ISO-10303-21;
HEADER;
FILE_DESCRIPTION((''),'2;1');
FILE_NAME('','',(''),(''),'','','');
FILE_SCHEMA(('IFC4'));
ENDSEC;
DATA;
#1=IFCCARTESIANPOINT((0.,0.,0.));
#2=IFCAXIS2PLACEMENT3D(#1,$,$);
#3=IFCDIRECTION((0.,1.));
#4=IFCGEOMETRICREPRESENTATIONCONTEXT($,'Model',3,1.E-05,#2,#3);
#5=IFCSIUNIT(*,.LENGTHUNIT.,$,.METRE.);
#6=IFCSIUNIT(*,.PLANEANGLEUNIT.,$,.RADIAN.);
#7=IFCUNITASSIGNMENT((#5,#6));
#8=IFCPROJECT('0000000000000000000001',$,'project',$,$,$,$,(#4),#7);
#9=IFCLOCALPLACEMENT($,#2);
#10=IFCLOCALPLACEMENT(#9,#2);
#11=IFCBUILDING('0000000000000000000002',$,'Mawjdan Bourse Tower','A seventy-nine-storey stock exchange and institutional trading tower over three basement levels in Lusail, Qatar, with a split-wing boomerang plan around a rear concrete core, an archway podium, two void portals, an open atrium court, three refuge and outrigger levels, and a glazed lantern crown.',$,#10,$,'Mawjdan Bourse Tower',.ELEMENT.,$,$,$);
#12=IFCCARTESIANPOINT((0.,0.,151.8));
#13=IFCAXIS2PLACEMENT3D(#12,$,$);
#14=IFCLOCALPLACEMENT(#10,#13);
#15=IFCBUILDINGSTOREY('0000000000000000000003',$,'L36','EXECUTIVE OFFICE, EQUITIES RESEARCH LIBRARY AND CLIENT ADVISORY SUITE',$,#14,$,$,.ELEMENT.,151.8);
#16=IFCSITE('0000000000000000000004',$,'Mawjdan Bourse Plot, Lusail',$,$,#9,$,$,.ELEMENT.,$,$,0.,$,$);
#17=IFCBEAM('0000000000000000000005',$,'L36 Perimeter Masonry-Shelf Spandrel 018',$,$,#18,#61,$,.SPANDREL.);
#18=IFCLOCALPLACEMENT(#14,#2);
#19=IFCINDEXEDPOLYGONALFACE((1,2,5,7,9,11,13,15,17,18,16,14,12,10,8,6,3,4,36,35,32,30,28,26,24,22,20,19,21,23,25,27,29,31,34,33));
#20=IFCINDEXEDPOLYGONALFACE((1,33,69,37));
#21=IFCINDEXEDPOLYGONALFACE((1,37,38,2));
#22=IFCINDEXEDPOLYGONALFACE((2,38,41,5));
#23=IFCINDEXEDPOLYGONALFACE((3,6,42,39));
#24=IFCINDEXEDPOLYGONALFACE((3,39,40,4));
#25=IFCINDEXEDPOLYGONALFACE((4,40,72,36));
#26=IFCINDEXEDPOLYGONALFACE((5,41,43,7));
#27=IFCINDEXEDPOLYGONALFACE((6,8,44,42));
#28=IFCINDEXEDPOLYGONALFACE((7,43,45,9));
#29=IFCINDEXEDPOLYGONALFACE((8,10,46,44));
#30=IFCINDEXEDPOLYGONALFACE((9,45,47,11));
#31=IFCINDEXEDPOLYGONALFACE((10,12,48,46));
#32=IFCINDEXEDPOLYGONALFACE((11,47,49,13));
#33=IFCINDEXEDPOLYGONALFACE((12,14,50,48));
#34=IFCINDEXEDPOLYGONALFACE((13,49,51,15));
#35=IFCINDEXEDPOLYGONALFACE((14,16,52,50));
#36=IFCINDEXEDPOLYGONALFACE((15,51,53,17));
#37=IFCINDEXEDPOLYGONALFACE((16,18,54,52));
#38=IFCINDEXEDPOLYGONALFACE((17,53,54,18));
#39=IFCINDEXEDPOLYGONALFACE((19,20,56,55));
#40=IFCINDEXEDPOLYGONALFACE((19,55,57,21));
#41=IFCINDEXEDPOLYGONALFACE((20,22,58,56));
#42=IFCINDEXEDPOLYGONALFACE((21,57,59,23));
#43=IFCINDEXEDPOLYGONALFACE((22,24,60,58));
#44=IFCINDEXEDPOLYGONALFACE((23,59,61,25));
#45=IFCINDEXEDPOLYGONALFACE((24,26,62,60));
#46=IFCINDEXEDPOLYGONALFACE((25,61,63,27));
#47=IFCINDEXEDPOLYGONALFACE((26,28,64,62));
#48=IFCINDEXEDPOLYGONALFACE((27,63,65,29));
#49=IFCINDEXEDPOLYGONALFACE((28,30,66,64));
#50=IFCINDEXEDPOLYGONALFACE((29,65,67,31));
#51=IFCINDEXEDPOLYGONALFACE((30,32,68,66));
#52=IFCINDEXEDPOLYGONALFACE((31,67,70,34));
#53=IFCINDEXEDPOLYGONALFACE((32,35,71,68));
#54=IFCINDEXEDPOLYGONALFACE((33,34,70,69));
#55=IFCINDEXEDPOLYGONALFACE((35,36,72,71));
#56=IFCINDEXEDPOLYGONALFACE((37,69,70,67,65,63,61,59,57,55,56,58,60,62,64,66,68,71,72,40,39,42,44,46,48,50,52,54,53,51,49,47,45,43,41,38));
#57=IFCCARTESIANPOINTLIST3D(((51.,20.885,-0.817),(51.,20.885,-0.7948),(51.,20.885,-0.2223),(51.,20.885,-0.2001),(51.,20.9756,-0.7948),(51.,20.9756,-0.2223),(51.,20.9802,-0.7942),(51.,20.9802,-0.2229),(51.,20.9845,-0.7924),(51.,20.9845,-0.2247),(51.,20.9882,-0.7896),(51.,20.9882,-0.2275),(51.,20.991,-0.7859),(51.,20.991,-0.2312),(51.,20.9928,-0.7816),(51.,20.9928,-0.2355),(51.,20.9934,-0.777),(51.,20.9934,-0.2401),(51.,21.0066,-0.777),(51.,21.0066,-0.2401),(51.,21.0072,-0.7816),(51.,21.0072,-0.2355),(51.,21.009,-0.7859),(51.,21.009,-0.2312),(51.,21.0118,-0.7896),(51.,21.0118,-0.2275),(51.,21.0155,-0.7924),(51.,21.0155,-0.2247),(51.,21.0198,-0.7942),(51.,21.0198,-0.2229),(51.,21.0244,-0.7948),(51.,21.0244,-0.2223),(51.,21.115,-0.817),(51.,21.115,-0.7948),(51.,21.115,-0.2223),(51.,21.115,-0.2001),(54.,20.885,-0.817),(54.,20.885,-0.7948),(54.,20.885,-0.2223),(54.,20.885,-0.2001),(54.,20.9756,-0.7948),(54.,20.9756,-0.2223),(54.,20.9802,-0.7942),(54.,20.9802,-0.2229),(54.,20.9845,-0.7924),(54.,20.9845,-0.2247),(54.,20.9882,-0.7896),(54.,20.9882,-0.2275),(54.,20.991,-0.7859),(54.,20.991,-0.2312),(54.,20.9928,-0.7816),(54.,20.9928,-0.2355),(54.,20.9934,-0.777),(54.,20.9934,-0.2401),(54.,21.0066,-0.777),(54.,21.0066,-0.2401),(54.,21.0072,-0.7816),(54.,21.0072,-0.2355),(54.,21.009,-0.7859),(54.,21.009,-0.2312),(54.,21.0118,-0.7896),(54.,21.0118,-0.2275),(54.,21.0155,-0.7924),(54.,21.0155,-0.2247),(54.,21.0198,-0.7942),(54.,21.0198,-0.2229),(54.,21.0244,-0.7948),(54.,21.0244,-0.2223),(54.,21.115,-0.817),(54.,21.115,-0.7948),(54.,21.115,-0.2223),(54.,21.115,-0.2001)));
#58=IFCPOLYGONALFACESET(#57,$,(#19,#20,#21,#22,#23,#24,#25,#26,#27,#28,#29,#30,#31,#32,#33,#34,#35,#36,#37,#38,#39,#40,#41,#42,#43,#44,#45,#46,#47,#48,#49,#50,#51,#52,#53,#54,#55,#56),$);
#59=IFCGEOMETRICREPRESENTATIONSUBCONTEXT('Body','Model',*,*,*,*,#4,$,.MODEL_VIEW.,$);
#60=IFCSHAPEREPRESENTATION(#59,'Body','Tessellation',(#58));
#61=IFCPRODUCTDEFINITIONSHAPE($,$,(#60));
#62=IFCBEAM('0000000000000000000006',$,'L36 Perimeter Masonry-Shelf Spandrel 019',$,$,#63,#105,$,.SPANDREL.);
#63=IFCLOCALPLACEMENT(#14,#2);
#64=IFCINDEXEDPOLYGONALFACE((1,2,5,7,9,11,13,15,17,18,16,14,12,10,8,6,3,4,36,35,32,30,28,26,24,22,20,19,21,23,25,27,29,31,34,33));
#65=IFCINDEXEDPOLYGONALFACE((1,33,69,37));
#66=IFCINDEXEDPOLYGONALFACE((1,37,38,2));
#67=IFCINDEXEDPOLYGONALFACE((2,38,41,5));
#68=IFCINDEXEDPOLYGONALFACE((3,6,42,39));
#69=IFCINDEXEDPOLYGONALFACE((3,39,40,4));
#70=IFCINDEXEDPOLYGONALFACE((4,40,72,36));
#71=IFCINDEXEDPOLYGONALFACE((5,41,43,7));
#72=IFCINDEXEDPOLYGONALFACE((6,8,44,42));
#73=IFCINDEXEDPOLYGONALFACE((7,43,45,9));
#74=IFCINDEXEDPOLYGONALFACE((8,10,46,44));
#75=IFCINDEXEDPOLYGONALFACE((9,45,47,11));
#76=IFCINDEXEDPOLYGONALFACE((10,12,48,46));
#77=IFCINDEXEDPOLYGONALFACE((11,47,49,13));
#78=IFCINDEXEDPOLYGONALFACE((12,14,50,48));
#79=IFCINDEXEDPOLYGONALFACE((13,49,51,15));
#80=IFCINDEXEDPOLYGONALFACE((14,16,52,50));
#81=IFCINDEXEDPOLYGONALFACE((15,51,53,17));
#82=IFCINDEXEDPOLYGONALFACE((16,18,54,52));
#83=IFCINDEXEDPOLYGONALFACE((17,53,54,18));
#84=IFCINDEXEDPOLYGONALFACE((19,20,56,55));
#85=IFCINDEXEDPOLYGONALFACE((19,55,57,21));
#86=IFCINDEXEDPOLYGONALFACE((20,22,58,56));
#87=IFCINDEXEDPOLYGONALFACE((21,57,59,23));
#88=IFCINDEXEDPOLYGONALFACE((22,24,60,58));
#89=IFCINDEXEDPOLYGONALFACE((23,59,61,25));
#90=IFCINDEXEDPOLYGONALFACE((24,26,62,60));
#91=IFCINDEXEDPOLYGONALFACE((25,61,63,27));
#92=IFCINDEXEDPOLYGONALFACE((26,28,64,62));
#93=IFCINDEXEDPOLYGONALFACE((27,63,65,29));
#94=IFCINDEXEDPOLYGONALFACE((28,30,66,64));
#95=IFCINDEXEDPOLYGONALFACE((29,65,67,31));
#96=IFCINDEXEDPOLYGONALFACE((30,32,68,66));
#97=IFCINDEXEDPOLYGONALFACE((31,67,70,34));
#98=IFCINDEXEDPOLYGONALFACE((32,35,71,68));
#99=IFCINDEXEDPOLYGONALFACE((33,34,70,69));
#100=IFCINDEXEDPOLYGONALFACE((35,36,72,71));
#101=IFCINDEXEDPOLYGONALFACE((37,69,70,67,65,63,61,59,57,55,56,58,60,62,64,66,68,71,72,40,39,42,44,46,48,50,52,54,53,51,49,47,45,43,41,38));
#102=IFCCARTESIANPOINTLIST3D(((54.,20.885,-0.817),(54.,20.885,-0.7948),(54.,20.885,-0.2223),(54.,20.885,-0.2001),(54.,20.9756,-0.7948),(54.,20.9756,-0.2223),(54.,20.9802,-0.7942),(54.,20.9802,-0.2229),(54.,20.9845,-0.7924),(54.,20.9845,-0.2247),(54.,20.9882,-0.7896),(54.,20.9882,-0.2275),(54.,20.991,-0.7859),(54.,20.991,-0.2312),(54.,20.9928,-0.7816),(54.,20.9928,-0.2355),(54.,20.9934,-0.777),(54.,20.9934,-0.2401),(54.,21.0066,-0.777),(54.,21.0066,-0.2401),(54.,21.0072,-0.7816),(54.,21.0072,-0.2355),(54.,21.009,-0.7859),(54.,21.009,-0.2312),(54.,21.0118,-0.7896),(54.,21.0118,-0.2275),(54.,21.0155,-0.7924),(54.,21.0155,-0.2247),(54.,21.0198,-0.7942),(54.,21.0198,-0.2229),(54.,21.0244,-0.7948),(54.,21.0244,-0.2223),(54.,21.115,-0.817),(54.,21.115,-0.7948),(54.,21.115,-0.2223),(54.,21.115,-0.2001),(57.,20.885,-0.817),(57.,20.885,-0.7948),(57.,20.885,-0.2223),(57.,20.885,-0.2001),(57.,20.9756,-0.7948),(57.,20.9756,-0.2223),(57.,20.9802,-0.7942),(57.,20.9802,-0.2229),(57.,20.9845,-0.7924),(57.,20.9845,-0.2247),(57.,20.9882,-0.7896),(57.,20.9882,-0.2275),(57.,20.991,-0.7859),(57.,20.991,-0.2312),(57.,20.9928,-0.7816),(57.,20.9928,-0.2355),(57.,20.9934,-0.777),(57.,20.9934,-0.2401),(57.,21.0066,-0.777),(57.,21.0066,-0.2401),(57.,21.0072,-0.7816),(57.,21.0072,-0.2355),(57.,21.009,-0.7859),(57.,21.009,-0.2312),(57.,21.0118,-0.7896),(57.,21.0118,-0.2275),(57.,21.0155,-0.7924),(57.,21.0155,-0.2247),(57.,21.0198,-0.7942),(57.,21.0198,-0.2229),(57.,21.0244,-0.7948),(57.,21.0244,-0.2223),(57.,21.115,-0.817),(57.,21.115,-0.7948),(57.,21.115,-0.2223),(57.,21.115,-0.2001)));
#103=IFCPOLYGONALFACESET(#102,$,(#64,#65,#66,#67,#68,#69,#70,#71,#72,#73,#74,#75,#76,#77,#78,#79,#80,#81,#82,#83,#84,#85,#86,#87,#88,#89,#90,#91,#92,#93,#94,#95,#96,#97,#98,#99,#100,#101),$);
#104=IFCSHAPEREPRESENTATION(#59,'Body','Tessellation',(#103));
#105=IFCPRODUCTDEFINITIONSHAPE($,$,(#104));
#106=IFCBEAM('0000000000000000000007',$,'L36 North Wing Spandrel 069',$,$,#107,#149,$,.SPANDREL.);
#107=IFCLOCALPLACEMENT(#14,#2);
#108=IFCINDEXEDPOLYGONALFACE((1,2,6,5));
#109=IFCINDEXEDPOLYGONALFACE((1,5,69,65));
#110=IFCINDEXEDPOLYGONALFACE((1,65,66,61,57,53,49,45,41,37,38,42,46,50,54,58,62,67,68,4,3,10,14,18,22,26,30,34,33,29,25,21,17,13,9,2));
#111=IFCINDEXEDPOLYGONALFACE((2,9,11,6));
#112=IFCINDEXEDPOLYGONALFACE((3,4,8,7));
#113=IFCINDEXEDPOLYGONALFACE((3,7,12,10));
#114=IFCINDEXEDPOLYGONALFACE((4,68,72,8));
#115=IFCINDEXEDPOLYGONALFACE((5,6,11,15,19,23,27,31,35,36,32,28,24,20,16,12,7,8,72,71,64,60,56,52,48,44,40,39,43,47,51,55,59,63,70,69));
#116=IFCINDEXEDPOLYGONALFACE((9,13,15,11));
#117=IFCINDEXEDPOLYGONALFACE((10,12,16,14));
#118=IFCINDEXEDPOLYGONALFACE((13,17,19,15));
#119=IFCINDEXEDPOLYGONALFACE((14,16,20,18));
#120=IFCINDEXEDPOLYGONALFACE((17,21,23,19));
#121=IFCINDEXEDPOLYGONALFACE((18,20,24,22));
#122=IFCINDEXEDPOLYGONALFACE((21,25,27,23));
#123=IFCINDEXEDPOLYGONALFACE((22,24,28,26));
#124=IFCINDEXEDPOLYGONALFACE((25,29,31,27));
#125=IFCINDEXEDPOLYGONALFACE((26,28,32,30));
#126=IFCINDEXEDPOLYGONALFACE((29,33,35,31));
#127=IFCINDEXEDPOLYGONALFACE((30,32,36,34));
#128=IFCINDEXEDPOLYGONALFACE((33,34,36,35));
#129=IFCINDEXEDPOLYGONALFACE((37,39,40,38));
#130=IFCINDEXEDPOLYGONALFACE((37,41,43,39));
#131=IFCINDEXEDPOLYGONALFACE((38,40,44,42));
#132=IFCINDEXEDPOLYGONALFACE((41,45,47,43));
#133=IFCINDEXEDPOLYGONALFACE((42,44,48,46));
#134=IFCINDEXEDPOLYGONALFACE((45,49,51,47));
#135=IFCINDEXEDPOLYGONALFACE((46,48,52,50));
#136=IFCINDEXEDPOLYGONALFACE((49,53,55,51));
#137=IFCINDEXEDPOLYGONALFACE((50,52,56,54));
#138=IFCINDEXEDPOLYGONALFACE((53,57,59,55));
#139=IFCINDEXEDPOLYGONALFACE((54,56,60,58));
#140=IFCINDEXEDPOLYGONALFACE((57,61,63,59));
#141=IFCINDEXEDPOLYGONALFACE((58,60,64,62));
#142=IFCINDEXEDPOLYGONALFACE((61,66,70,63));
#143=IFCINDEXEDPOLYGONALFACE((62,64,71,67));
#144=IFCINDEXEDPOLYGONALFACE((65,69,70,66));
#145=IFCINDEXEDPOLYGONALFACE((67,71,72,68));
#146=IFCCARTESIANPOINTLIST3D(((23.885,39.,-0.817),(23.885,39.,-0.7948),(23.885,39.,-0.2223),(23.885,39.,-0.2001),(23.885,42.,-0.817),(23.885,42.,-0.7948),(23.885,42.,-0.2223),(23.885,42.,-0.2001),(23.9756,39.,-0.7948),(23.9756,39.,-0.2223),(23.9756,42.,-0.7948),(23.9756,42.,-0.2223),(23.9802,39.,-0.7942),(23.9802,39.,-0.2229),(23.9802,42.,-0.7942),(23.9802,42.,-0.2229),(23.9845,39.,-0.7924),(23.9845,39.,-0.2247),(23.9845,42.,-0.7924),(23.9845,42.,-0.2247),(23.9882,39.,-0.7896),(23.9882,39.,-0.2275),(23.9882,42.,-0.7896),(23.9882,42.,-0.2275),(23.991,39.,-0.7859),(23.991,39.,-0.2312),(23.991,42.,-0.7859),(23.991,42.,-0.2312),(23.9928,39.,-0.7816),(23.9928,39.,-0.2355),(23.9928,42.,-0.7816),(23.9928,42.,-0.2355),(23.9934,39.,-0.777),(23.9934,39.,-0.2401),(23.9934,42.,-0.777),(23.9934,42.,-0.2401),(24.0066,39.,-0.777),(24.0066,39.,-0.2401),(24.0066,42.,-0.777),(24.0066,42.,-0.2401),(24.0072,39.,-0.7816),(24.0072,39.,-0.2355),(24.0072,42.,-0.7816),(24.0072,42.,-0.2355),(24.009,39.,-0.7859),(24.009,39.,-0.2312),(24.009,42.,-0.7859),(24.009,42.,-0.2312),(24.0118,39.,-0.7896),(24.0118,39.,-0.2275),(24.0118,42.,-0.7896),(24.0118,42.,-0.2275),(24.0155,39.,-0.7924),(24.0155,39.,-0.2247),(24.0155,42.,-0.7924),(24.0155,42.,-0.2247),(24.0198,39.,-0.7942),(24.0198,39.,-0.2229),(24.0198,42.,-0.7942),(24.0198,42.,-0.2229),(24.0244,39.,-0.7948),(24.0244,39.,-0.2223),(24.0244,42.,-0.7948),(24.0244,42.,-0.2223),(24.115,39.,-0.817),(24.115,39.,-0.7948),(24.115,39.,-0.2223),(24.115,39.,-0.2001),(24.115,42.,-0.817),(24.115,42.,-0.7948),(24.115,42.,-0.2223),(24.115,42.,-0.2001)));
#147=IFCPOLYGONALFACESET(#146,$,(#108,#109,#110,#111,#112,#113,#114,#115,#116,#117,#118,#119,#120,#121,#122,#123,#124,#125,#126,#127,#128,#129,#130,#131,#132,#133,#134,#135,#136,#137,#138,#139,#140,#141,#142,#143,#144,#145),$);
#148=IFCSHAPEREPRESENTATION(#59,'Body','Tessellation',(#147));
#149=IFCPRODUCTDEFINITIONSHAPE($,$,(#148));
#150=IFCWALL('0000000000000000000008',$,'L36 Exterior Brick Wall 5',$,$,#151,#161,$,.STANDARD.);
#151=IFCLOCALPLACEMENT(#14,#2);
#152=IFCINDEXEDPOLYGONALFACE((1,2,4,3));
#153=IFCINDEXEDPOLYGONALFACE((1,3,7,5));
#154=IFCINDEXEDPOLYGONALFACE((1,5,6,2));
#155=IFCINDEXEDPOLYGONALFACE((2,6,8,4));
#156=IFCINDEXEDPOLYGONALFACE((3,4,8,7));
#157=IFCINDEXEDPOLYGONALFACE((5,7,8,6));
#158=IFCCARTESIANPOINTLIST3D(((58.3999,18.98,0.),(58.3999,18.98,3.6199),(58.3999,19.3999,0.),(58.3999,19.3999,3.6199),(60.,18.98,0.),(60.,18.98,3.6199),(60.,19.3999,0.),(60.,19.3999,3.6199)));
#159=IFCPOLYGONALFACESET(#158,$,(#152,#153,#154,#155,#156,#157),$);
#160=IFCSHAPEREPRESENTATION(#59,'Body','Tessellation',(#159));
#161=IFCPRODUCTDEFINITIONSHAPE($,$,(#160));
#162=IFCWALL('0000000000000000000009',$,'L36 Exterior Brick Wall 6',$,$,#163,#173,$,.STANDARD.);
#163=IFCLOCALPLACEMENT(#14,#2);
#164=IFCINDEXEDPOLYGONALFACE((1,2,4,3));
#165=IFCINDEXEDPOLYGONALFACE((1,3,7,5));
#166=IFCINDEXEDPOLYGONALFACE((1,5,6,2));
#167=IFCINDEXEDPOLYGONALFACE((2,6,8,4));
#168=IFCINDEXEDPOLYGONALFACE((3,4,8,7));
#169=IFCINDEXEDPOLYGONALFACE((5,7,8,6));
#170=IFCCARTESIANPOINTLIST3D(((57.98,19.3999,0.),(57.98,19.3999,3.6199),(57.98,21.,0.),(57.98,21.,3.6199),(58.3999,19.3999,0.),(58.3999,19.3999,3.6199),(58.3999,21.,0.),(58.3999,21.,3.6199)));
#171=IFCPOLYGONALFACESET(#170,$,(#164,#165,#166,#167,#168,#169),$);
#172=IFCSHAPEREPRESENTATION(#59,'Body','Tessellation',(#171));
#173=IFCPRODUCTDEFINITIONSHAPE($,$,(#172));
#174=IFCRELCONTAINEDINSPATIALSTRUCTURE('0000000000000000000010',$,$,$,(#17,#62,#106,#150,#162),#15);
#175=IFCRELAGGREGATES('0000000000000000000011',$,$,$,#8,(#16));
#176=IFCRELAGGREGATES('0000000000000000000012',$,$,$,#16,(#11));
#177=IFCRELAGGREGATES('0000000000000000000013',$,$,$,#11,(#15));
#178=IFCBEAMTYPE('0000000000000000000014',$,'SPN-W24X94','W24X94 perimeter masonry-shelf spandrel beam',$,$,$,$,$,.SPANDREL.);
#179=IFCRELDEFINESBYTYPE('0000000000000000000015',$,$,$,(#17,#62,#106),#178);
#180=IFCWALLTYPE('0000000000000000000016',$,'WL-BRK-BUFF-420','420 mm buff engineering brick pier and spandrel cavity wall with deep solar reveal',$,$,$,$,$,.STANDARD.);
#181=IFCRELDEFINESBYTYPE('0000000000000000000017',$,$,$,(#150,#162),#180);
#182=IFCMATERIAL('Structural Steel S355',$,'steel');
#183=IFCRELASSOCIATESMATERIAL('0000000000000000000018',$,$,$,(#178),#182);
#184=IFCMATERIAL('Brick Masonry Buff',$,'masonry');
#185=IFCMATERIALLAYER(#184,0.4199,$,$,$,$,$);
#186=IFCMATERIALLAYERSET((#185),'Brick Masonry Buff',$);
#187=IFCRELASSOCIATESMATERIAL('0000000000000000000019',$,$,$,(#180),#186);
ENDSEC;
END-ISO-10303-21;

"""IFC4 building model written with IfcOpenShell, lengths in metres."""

from ifc_helpers import new_model, si_unit, direction, frame, frame_2d, origin, origin_2d, place, context, subcontext, project, spatial, rectangle, i_section, extrude, material, layer, layer_set, material_profile, profile_set, type_object, element, save


model = new_model("IFC4")

# Units and contexts
model_context = context("Model", 3, precision=1e-05, world=origin(), true_north=direction((0.0, 1.0)))
body_context = subcontext(model_context, "Body", "Model", "MODEL_VIEW")
ifc_project = project(units=[si_unit("LENGTHUNIT", "METRE"), si_unit("PLANEANGLEUNIT", "RADIAN")], contexts=[model_context])

# Site, building, storey
site_placement = place(None, origin())
site = spatial("IfcSite", under=ifc_project, at=site_placement, Name="Mawjdan Bourse Plot, Lusail", CompositionType="ELEMENT", RefElevation=0.0)
building_placement = place(site_placement, origin())
building = spatial("IfcBuilding", under=site, at=building_placement, Name="Mawjdan Bourse Tower", Description="A seventy-nine-storey stock exchange and institutional trading tower over three basement levels in Lusail, Qatar, with a split-wing boomerang plan around a rear concrete core, an archway podium, two void portals, an open atrium court, three refuge and outrigger levels, and a glazed lantern crown.", LongName="Mawjdan Bourse Tower", CompositionType="ELEMENT")
storey_placement = place(building_placement, frame((0.0, 0.0, 151.8)))
storey = spatial("IfcBuildingStorey", under=building, at=storey_placement, Name="L36", Description="EXECUTIVE OFFICE, EQUITIES RESEARCH LIBRARY AND CLIENT ADVISORY SUITE", CompositionType="ELEMENT", Elevation=151.8)

# Beams
ifc_material_1 = material(Name="Structural Steel S355", Category="steel")
ifc_material_profile_1 = material_profile(ifc_material_1, i_section(OverallWidth=0.23, OverallDepth=0.6169, WebThickness=0.0132, FlangeThickness=0.0222, FilletRadius=0.0178, at=origin_2d()), Name="W24X94")
ifc_profile_set_1 = profile_set([ifc_material_profile_1], Name="Structural Steel S355")
beam_type_1 = type_object("IfcBeamType", Name="SPN-W24X94", Description="W24X94 perimeter masonry-shelf spandrel beam", PredefinedType="SPANDREL", material=ifc_profile_set_1)
for number, where, z_axis, x_axis, name in (
    (1, (51.0, 21.0, -0.5085), (1.0, 0.0, 0.0), (0.0, 1.0, 0.0), "L36 Perimeter Masonry-Shelf Spandrel 018"),
    (2, (54.0, 21.0, -0.5085), (1.0, 0.0, 0.0), (0.0, 1.0, 0.0), "L36 Perimeter Masonry-Shelf Spandrel 019"),
    (3, (24.0, 39.0, -0.5085), (0.0, 1.0, 0.0), (-1.0, 0.0, 0.0), "L36 North Wing Spandrel 069"),
):
    element("IfcBeam", number, at=place(storey_placement, frame(where, z_axis=z_axis, x_axis=x_axis)), inside=storey, type_object=beam_type_1, Name=name, PredefinedType="SPANDREL", context=body_context, shape_type="SweptSolid", body=[
        extrude(i_section(OverallWidth=0.23, OverallDepth=0.6169, WebThickness=0.0132, FlangeThickness=0.0222, FilletRadius=0.0178, at=origin_2d()), origin(), (0.0, 0.0, 1.0), 3.0),
    ])

# Walls
ifc_material_2 = material(Name="Brick Masonry Buff", Category="masonry")
ifc_layer = layer(ifc_material_2, 0.4199)
ifc_layer_set = layer_set([ifc_layer], Name="Brick Masonry Buff")
wall_type = type_object("IfcWallType", Name="WL-BRK-BUFF-420", Description="420 mm buff engineering brick pier and spandrel cavity wall with deep solar reveal", PredefinedType="STANDARD", material=ifc_layer_set)
for number, where, z_axis, x_axis, name in (
    (4, (60.0, 19.1899, 0.0), (0.0, 0.0, 1.0), (-1.0, 0.0, 0.0), "L36 Exterior Brick Wall 5"),
    (5, (58.1899, 19.3999, 0.0), (0.0, 0.0, 1.0), (0.0, 1.0, 0.0), "L36 Exterior Brick Wall 6"),
):
    element("IfcWall", number, at=place(storey_placement, frame(where, z_axis=z_axis, x_axis=x_axis)), inside=storey, type_object=wall_type, Name=name, PredefinedType="STANDARD", context=body_context, shape_type="SweptSolid", body=[
        extrude(rectangle(XDim=1.6001, YDim=0.4199, at=frame_2d((0.8, 0.0))), origin(), (0.0, 0.0, 1.0), 3.6199),
    ])

save(model, "model.ifc")
